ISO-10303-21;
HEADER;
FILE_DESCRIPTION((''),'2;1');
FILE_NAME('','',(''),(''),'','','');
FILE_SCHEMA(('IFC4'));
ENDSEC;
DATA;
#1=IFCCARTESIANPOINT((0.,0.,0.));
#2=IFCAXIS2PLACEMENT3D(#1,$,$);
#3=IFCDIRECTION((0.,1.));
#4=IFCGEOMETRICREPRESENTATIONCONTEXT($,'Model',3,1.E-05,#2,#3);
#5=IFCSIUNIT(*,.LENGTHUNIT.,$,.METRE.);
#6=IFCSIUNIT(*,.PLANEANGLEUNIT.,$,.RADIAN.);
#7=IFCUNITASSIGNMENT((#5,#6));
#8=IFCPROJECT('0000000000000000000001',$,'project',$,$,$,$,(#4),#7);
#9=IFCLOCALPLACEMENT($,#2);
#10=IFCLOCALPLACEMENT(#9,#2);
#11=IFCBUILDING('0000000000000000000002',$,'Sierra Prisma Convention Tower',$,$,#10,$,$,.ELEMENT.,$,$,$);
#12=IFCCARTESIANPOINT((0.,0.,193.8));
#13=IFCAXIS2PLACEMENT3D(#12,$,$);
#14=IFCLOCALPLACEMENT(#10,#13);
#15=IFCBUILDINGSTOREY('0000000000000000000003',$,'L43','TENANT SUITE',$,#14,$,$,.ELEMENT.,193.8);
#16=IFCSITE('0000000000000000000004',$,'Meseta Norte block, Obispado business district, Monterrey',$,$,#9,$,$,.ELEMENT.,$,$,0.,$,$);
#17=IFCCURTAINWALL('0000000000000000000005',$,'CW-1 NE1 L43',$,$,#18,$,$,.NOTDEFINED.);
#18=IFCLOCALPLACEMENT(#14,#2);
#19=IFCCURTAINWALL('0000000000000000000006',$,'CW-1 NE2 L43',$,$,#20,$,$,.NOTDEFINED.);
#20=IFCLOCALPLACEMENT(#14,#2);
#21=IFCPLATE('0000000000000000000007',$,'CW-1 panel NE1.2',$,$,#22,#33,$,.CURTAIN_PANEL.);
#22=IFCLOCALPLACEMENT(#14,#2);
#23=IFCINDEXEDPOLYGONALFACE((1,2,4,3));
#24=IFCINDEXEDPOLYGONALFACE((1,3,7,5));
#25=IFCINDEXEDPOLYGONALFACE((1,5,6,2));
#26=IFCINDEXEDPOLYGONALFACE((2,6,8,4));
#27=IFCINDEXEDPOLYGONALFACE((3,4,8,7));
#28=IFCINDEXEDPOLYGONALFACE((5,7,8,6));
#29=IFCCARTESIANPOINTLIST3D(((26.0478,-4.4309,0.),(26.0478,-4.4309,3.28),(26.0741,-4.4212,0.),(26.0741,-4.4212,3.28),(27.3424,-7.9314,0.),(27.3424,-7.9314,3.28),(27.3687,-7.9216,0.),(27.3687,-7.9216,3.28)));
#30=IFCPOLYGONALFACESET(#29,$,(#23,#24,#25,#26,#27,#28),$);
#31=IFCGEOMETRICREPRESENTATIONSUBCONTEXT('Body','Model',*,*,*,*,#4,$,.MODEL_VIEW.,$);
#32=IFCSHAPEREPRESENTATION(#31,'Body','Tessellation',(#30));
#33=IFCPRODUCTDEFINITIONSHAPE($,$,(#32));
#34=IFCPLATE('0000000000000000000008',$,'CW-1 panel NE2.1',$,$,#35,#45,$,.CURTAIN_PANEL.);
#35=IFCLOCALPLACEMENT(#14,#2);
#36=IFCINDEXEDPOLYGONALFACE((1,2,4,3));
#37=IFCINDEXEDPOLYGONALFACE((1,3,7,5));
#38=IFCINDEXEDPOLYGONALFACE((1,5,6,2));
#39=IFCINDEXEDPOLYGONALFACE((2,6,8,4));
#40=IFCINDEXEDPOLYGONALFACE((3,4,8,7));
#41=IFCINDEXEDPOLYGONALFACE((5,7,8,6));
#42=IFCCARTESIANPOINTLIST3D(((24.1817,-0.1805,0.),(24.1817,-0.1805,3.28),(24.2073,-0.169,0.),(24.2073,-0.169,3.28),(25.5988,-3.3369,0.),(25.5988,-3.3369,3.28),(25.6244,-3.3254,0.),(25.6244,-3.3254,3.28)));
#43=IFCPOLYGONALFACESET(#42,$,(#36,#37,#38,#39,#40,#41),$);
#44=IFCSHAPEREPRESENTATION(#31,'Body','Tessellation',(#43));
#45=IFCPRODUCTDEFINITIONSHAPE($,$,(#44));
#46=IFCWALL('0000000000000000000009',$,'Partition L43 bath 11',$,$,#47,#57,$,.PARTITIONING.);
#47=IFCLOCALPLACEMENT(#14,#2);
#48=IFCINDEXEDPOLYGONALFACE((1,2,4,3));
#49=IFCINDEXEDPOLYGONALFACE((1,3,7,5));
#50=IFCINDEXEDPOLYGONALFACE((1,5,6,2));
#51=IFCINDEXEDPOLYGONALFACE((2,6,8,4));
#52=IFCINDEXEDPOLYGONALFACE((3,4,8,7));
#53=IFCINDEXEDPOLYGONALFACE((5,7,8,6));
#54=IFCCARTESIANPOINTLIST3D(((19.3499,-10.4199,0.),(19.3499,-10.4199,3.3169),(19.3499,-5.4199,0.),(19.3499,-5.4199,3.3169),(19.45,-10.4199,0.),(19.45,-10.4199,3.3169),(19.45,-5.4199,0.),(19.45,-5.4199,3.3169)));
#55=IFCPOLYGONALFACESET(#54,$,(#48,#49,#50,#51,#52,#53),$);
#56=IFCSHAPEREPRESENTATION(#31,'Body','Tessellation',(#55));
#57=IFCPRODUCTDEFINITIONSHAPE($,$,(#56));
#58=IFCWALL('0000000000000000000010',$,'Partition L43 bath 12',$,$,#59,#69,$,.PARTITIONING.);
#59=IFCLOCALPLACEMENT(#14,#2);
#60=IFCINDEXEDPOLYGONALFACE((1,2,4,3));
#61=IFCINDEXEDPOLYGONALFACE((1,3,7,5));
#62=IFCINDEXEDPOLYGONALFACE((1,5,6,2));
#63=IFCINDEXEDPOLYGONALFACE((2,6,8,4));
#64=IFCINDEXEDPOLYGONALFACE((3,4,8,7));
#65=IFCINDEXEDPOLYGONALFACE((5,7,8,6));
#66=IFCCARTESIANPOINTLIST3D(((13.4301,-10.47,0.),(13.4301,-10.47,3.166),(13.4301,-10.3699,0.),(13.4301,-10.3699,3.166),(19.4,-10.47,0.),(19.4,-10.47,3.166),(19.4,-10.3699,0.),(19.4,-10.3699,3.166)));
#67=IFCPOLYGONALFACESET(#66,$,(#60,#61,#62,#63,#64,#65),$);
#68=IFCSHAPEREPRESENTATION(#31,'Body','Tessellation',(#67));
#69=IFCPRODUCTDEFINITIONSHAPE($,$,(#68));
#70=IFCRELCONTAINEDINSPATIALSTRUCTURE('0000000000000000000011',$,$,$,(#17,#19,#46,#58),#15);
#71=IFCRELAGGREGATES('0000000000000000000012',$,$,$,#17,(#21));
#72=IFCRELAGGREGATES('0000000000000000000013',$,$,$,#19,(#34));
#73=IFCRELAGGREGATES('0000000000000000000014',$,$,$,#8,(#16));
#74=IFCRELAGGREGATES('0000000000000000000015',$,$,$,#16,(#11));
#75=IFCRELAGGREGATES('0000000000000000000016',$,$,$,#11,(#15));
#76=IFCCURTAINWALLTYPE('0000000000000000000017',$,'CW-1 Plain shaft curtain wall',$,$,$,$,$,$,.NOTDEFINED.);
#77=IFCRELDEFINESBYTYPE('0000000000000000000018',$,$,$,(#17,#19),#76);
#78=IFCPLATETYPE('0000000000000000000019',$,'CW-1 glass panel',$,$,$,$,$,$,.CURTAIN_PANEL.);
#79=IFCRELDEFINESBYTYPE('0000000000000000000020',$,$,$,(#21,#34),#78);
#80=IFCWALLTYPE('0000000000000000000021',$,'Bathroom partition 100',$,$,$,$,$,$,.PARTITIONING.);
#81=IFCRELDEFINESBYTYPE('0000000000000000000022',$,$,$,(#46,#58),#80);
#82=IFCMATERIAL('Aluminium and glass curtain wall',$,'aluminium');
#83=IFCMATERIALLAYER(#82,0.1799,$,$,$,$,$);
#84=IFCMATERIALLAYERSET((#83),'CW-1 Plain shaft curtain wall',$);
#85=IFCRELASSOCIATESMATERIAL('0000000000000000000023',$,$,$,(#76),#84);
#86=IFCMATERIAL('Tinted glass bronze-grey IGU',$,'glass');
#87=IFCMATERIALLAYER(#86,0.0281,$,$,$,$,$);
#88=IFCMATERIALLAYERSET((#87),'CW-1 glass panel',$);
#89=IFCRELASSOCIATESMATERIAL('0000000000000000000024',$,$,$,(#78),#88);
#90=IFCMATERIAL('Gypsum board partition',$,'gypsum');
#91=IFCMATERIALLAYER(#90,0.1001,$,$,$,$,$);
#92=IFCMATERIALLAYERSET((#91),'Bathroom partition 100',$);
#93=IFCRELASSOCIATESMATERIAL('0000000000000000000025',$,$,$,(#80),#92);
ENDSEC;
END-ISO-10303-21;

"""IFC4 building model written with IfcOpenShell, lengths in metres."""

from ifc_helpers import new_model, si_unit, direction, frame, frame_2d, origin, origin_2d, place, context, subcontext, project, spatial, rectangle, extrude, material, layer, layer_set, type_object, element, aggregate, save


model = new_model("IFC4")

# Units and contexts
model_context = context("Model", 3, precision=1e-05, world=origin(), true_north=direction((0.0, 1.0)))
body_context = subcontext(model_context, "Body", "Model", "MODEL_VIEW")
ifc_project = project(units=[si_unit("LENGTHUNIT", "METRE"), si_unit("PLANEANGLEUNIT", "RADIAN")], contexts=[model_context])

# Site, building, storey
site_placement = place(None, origin())
site = spatial("IfcSite", under=ifc_project, at=site_placement, Name="Meseta Norte block, Obispado business district, Monterrey", CompositionType="ELEMENT", RefElevation=0.0)
building_placement = place(site_placement, origin())
building = spatial("IfcBuilding", under=site, at=building_placement, Name="Sierra Prisma Convention Tower", CompositionType="ELEMENT")
storey_placement = place(building_placement, frame((0.0, 0.0, 193.8)))
storey = spatial("IfcBuildingStorey", under=building, at=storey_placement, Name="L43", Description="TENANT SUITE", CompositionType="ELEMENT", Elevation=193.8)

# Shared definitions
ifc_material_1 = material(Name="Aluminium and glass curtain wall", Category="aluminium")
ifc_layer_1 = layer(ifc_material_1, 0.1799)
ifc_layer_set_1 = layer_set([ifc_layer_1], Name="CW-1 Plain shaft curtain wall")
curtain_wall_type = type_object("IfcCurtainWallType", Name="CW-1 Plain shaft curtain wall", PredefinedType="NOTDEFINED", material=ifc_layer_set_1)

# Curtain walls
curtain_wall_1_placement = place(storey_placement, origin())
curtain_wall_1 = element("IfcCurtainWall", 1, at=curtain_wall_1_placement, inside=storey, type_object=curtain_wall_type, Name="CW-1 NE1 L43", PredefinedType="NOTDEFINED")
curtain_wall_2_placement = place(storey_placement, origin())
curtain_wall_2 = element("IfcCurtainWall", 2, at=curtain_wall_2_placement, inside=storey, type_object=curtain_wall_type, Name="CW-1 NE2 L43", PredefinedType="NOTDEFINED")

# Shared definitions
ifc_material_2 = material(Name="Tinted glass bronze-grey IGU", Category="glass")
ifc_layer_2 = layer(ifc_material_2, 0.0281)
ifc_layer_set_2 = layer_set([ifc_layer_2], Name="CW-1 glass panel")
plate_type = type_object("IfcPlateType", Name="CW-1 glass panel", PredefinedType="CURTAIN_PANEL", material=ifc_layer_set_2)

# Plates
plate_1_placement = place(storey_placement, frame((26.7083, -6.1763, 0.0), z_axis=(0.0, 0.0, 1.0), x_axis=(-0.346866, 0.937915, 0.0)))
plate_1 = element("IfcPlate", 3, at=plate_1_placement, type_object=plate_type, Name="CW-1 panel NE1.2", PredefinedType="CURTAIN_PANEL", context=body_context, shape_type="SweptSolid", body=[
    extrude(rectangle(XDim=3.7322, YDim=0.0281, at=origin_2d()), origin(), (0.0, 0.0, 1.0), 3.28),
])
aggregate(curtain_wall_1, [plate_1])
plate_2_placement = place(storey_placement, frame((24.9031, -1.7529, 0.0), z_axis=(0.0, 0.0, 1.0), x_axis=(-0.409564, 0.912281, 0.0)))
plate_2 = element("IfcPlate", 4, at=plate_2_placement, type_object=plate_type, Name="CW-1 panel NE2.1", PredefinedType="CURTAIN_PANEL", context=body_context, shape_type="SweptSolid", body=[
    extrude(rectangle(XDim=3.46, YDim=0.0281, at=origin_2d()), origin(), (0.0, 0.0, 1.0), 3.28),
])
aggregate(curtain_wall_2, [plate_2])

# Walls
ifc_material_3 = material(Name="Gypsum board partition", Category="gypsum")
ifc_layer_3 = layer(ifc_material_3, 0.1001)
ifc_layer_set_3 = layer_set([ifc_layer_3], Name="Bathroom partition 100")
wall_type = type_object("IfcWallType", Name="Bathroom partition 100", PredefinedType="PARTITIONING", material=ifc_layer_set_3)
wall_1_placement = place(storey_placement, frame((19.3999, -5.4199, 0.0), z_axis=(0.0, 0.0, 1.0), x_axis=(0.0, -1.0, 0.0)))
element("IfcWall", 5, at=wall_1_placement, inside=storey, type_object=wall_type, Name="Partition L43 bath 11", PredefinedType="PARTITIONING", context=body_context, shape_type="SweptSolid", body=[
    extrude(rectangle(XDim=5.0, YDim=0.1001, at=frame_2d((2.5, 0.0))), origin(), (0.0, 0.0, 1.0), 3.3169),
])
wall_2_placement = place(storey_placement, frame((19.3999, -10.4199, 0.0), z_axis=(0.0, 0.0, 1.0), x_axis=(-1.0, 0.0, 0.0)))
element("IfcWall", 6, at=wall_2_placement, inside=storey, type_object=wall_type, Name="Partition L43 bath 12", PredefinedType="PARTITIONING", context=body_context, shape_type="SweptSolid", body=[
    extrude(rectangle(XDim=5.97, YDim=0.1001, at=frame_2d((2.9849, 0.0))), origin(), (0.0, 0.0, 1.0), 3.166),
])

save(model, "model.ifc")
